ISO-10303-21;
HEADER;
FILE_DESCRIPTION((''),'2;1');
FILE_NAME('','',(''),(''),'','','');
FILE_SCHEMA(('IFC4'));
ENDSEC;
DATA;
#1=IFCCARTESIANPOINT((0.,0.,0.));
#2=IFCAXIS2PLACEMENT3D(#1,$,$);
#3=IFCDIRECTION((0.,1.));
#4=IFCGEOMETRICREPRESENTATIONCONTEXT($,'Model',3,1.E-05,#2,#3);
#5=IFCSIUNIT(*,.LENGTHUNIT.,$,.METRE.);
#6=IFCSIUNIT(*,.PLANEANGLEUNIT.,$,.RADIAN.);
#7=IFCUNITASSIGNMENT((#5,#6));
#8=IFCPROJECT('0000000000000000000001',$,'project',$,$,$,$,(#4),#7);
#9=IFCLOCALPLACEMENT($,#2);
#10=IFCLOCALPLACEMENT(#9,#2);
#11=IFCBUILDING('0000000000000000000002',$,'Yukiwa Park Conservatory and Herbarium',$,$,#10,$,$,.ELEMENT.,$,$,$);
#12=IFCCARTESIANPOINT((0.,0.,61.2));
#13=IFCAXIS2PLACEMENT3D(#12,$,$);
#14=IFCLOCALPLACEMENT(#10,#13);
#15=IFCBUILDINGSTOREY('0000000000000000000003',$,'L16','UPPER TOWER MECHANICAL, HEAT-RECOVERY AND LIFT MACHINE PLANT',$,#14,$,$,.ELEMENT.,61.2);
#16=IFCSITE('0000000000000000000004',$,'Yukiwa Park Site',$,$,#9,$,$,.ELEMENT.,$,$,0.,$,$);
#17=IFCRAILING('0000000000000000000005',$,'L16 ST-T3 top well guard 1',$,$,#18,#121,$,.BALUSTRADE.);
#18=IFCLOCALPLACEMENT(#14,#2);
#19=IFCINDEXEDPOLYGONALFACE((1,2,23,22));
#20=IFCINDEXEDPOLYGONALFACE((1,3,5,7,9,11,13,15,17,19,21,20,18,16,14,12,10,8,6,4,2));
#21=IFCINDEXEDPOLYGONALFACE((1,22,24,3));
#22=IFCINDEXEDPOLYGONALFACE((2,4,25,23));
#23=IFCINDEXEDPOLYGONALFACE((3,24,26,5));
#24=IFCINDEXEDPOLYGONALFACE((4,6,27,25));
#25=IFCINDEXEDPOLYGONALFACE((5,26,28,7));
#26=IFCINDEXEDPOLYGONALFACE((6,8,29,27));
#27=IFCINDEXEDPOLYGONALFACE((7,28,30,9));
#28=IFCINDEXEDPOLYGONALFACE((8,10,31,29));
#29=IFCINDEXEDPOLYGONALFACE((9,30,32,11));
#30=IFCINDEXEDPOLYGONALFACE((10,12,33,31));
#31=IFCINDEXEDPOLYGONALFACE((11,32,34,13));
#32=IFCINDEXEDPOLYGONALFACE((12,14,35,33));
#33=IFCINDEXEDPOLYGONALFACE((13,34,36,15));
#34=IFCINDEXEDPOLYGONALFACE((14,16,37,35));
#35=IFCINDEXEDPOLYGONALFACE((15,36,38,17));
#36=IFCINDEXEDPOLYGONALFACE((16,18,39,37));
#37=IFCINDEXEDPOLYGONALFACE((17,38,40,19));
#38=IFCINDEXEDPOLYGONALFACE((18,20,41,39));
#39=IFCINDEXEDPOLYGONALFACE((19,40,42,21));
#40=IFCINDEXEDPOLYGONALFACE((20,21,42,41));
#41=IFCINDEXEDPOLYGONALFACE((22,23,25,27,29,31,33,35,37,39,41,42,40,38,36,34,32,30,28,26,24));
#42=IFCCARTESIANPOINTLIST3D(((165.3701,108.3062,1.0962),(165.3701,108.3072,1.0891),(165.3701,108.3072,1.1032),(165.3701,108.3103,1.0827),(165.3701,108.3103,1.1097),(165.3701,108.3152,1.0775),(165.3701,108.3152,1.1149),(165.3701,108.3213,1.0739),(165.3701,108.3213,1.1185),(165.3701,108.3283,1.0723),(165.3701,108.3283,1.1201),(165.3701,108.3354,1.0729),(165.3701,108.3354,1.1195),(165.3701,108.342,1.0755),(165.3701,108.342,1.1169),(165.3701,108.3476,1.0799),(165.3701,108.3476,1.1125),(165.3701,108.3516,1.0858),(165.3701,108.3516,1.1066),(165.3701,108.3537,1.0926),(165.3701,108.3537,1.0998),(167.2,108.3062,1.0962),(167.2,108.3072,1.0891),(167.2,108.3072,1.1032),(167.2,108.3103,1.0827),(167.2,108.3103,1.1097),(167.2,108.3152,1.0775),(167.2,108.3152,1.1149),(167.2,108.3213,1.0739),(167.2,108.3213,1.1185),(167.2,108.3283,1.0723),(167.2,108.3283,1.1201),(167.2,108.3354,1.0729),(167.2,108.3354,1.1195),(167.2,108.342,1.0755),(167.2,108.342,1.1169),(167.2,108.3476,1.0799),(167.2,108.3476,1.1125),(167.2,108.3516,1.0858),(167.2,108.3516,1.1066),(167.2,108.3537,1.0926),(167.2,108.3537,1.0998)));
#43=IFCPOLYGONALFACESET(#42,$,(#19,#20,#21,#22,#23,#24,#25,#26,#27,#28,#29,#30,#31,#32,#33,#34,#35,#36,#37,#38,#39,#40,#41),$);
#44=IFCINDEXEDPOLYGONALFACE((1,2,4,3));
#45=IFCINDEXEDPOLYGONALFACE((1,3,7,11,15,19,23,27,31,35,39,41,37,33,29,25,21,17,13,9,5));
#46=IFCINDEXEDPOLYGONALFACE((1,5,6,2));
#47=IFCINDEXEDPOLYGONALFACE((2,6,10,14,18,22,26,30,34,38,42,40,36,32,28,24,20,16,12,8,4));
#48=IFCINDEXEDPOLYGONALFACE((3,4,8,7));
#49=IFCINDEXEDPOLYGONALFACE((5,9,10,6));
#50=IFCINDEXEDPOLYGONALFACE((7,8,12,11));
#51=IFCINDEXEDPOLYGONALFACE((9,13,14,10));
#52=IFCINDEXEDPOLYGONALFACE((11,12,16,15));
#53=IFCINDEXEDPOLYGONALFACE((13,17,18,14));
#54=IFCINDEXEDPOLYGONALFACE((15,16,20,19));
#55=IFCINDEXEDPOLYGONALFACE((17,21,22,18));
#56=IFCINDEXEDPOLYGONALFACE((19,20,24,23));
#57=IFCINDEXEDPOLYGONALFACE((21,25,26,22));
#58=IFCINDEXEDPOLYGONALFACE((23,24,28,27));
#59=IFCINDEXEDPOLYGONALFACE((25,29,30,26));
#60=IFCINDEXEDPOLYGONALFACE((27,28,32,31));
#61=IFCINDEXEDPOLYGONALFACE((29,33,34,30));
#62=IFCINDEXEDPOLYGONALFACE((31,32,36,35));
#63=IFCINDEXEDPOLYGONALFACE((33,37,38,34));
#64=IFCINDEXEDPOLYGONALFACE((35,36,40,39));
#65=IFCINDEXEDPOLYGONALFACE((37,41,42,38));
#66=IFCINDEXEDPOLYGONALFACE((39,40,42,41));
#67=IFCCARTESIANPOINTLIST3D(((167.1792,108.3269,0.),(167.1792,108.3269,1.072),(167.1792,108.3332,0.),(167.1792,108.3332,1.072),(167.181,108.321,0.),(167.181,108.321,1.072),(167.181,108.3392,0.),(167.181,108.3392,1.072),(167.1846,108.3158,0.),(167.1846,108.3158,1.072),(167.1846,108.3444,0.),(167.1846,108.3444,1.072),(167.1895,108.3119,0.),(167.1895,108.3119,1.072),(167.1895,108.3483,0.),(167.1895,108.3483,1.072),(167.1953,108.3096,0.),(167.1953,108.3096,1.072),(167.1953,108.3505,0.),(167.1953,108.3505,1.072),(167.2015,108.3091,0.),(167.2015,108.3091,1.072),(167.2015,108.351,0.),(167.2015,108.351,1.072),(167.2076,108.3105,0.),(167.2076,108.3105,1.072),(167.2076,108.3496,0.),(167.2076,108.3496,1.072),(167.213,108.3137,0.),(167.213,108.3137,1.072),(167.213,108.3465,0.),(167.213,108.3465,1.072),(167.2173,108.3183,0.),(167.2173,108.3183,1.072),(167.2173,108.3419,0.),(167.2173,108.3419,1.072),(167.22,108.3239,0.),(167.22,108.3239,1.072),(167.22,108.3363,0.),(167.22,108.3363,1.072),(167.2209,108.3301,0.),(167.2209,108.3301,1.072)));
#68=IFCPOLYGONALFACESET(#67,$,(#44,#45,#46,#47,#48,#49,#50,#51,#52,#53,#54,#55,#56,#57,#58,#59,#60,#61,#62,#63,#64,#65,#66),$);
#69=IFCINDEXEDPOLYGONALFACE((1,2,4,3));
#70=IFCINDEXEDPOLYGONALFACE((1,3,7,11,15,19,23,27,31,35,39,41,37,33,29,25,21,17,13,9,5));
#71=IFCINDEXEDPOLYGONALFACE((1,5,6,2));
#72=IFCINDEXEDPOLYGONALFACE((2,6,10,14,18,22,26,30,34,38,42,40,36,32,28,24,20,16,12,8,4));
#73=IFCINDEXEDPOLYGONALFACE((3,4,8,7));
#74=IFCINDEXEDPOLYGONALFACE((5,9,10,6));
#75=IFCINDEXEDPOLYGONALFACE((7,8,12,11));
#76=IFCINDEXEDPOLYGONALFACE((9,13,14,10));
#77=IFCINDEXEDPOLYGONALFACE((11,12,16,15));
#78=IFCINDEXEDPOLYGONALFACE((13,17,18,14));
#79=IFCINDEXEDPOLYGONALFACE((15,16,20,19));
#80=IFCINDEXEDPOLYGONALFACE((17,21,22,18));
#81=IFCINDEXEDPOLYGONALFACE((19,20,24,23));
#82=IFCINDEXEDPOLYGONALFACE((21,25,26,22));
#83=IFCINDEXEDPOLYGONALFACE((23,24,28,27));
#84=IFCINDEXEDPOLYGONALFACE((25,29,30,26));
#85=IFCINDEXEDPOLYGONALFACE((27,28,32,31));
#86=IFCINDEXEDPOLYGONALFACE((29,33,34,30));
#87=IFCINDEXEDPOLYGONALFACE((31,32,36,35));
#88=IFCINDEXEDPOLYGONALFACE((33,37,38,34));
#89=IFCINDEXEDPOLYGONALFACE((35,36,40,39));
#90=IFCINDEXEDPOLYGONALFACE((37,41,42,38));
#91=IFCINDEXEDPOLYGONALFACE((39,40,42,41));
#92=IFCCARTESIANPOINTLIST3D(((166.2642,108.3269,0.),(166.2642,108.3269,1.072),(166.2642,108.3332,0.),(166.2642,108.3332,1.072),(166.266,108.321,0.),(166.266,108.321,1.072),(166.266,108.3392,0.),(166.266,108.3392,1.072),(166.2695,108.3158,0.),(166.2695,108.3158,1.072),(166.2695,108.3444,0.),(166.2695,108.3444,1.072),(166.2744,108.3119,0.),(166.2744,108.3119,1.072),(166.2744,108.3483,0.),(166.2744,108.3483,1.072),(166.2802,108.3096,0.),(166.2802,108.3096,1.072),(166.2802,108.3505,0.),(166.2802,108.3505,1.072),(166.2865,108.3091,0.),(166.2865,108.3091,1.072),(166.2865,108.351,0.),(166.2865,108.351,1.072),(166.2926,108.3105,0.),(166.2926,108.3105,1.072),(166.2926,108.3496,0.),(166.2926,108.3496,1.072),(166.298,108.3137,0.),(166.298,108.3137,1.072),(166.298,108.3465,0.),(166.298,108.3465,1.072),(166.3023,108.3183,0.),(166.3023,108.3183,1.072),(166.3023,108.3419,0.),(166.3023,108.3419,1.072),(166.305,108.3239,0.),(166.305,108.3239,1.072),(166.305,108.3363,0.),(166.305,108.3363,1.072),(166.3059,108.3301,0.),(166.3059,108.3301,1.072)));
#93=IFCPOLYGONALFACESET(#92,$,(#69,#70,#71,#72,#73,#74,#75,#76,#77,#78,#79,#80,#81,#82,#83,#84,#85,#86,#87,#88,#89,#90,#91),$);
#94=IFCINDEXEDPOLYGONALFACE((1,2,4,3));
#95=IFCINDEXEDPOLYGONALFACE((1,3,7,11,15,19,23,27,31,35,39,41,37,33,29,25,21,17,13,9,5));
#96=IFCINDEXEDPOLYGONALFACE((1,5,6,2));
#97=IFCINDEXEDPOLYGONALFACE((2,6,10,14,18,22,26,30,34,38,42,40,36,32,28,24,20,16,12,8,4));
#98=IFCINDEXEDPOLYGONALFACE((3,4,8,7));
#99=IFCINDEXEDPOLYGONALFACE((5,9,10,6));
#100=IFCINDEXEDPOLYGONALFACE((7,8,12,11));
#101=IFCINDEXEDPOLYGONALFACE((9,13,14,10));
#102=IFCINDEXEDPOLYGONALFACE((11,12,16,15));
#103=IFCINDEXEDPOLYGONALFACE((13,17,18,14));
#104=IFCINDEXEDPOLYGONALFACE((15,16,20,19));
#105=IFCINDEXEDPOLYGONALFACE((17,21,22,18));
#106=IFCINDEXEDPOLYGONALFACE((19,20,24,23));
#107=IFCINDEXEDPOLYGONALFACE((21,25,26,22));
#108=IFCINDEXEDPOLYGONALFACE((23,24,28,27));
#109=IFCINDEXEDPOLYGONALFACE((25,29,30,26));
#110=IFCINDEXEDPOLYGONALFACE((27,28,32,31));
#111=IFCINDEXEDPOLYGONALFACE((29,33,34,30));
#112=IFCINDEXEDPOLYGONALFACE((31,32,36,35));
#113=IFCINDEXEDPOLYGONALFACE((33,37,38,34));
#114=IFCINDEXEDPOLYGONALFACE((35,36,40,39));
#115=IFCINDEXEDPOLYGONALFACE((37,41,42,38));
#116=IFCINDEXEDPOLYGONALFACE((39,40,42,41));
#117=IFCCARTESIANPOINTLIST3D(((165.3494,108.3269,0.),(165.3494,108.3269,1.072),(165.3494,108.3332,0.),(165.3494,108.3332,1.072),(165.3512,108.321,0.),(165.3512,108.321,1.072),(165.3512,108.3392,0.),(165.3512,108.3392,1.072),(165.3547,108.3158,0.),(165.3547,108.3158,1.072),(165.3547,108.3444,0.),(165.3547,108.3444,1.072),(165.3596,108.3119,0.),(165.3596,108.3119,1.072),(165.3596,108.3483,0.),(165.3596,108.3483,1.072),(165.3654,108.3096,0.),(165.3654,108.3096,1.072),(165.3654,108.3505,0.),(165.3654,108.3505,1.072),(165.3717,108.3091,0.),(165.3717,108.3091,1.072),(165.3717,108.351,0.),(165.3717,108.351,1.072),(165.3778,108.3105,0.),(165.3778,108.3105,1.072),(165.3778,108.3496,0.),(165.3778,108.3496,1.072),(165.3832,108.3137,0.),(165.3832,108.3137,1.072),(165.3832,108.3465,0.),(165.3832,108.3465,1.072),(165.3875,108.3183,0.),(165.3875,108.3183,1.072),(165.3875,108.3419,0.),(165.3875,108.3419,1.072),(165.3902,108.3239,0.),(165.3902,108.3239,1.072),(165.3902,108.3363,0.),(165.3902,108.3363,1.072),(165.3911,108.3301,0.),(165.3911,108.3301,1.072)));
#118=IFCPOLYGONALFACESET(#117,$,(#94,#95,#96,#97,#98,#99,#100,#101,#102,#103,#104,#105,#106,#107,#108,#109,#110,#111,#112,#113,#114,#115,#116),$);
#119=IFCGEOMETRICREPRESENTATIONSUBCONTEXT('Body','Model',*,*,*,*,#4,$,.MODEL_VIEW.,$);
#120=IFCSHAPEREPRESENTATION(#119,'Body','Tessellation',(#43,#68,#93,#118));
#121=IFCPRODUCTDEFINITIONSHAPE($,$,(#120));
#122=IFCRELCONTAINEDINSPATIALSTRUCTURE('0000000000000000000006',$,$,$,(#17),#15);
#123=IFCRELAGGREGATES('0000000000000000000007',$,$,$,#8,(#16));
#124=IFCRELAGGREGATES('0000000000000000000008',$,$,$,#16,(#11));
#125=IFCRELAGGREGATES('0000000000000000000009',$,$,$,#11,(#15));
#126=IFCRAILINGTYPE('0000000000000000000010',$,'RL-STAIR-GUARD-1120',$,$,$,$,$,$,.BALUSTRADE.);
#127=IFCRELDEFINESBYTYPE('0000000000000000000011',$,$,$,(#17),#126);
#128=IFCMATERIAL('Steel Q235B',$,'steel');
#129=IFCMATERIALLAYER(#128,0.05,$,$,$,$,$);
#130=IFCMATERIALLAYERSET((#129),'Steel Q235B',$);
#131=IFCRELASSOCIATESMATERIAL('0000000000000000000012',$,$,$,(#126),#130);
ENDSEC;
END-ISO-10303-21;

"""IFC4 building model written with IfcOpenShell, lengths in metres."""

from ifc_helpers import new_model, si_unit, direction, frame, origin, origin_2d, place, context, subcontext, project, spatial, circle, extrude, material, layer, layer_set, type_object, element, save


model = new_model("IFC4")

# Units and contexts
model_context = context("Model", 3, precision=1e-05, world=origin(), true_north=direction((0.0, 1.0)))
body_context = subcontext(model_context, "Body", "Model", "MODEL_VIEW")
ifc_project = project(units=[si_unit("LENGTHUNIT", "METRE"), si_unit("PLANEANGLEUNIT", "RADIAN")], contexts=[model_context])

# Site, building, storey
site_placement = place(None, origin())
site = spatial("IfcSite", under=ifc_project, at=site_placement, Name="Yukiwa Park Site", CompositionType="ELEMENT", RefElevation=0.0)
building_placement = place(site_placement, origin())
building = spatial("IfcBuilding", under=site, at=building_placement, Name="Yukiwa Park Conservatory and Herbarium", CompositionType="ELEMENT")
storey_placement = place(building_placement, frame((0.0, 0.0, 61.2)))
storey = spatial("IfcBuildingStorey", under=building, at=storey_placement, Name="L16", Description="UPPER TOWER MECHANICAL, HEAT-RECOVERY AND LIFT MACHINE PLANT", CompositionType="ELEMENT", Elevation=61.2)

# Railing
ifc_material_1 = material(Name="Steel Q235B", Category="steel")
ifc_layer_1 = layer(ifc_material_1, 0.05)
ifc_layer_set_1 = layer_set([ifc_layer_1], Name="Steel Q235B")
railing_type = type_object("IfcRailingType", Name="RL-STAIR-GUARD-1120", PredefinedType="BALUSTRADE", material=ifc_layer_set_1)
railing_placement = place(storey_placement, frame((167.2, 108.3301, 0.0)))
element("IfcRailing", 1, at=railing_placement, inside=storey, type_object=railing_type, Name="L16 ST-T3 top well guard 1", PredefinedType="BALUSTRADE", context=body_context, shape_type="SweptSolid", body=[
    extrude(circle(Radius=0.0239, at=origin_2d()), frame((0.0, 0.0, 1.0962), z_axis=(-1.0, 0.0, 0.0), x_axis=(0.0, -1.0, 0.0)), (0.0, 0.0, 1.0), 1.8298),
    extrude(circle(Radius=0.021, at=origin_2d()), origin(), (0.0, 0.0, 1.0), 1.072),
    extrude(circle(Radius=0.021, at=origin_2d()), frame((-0.915, 0.0, 0.0)), (0.0, 0.0, 1.0), 1.072),
    extrude(circle(Radius=0.021, at=origin_2d()), frame((-1.8298, 0.0, 0.0)), (0.0, 0.0, 1.0), 1.072),
])

save(model, "model.ifc")
